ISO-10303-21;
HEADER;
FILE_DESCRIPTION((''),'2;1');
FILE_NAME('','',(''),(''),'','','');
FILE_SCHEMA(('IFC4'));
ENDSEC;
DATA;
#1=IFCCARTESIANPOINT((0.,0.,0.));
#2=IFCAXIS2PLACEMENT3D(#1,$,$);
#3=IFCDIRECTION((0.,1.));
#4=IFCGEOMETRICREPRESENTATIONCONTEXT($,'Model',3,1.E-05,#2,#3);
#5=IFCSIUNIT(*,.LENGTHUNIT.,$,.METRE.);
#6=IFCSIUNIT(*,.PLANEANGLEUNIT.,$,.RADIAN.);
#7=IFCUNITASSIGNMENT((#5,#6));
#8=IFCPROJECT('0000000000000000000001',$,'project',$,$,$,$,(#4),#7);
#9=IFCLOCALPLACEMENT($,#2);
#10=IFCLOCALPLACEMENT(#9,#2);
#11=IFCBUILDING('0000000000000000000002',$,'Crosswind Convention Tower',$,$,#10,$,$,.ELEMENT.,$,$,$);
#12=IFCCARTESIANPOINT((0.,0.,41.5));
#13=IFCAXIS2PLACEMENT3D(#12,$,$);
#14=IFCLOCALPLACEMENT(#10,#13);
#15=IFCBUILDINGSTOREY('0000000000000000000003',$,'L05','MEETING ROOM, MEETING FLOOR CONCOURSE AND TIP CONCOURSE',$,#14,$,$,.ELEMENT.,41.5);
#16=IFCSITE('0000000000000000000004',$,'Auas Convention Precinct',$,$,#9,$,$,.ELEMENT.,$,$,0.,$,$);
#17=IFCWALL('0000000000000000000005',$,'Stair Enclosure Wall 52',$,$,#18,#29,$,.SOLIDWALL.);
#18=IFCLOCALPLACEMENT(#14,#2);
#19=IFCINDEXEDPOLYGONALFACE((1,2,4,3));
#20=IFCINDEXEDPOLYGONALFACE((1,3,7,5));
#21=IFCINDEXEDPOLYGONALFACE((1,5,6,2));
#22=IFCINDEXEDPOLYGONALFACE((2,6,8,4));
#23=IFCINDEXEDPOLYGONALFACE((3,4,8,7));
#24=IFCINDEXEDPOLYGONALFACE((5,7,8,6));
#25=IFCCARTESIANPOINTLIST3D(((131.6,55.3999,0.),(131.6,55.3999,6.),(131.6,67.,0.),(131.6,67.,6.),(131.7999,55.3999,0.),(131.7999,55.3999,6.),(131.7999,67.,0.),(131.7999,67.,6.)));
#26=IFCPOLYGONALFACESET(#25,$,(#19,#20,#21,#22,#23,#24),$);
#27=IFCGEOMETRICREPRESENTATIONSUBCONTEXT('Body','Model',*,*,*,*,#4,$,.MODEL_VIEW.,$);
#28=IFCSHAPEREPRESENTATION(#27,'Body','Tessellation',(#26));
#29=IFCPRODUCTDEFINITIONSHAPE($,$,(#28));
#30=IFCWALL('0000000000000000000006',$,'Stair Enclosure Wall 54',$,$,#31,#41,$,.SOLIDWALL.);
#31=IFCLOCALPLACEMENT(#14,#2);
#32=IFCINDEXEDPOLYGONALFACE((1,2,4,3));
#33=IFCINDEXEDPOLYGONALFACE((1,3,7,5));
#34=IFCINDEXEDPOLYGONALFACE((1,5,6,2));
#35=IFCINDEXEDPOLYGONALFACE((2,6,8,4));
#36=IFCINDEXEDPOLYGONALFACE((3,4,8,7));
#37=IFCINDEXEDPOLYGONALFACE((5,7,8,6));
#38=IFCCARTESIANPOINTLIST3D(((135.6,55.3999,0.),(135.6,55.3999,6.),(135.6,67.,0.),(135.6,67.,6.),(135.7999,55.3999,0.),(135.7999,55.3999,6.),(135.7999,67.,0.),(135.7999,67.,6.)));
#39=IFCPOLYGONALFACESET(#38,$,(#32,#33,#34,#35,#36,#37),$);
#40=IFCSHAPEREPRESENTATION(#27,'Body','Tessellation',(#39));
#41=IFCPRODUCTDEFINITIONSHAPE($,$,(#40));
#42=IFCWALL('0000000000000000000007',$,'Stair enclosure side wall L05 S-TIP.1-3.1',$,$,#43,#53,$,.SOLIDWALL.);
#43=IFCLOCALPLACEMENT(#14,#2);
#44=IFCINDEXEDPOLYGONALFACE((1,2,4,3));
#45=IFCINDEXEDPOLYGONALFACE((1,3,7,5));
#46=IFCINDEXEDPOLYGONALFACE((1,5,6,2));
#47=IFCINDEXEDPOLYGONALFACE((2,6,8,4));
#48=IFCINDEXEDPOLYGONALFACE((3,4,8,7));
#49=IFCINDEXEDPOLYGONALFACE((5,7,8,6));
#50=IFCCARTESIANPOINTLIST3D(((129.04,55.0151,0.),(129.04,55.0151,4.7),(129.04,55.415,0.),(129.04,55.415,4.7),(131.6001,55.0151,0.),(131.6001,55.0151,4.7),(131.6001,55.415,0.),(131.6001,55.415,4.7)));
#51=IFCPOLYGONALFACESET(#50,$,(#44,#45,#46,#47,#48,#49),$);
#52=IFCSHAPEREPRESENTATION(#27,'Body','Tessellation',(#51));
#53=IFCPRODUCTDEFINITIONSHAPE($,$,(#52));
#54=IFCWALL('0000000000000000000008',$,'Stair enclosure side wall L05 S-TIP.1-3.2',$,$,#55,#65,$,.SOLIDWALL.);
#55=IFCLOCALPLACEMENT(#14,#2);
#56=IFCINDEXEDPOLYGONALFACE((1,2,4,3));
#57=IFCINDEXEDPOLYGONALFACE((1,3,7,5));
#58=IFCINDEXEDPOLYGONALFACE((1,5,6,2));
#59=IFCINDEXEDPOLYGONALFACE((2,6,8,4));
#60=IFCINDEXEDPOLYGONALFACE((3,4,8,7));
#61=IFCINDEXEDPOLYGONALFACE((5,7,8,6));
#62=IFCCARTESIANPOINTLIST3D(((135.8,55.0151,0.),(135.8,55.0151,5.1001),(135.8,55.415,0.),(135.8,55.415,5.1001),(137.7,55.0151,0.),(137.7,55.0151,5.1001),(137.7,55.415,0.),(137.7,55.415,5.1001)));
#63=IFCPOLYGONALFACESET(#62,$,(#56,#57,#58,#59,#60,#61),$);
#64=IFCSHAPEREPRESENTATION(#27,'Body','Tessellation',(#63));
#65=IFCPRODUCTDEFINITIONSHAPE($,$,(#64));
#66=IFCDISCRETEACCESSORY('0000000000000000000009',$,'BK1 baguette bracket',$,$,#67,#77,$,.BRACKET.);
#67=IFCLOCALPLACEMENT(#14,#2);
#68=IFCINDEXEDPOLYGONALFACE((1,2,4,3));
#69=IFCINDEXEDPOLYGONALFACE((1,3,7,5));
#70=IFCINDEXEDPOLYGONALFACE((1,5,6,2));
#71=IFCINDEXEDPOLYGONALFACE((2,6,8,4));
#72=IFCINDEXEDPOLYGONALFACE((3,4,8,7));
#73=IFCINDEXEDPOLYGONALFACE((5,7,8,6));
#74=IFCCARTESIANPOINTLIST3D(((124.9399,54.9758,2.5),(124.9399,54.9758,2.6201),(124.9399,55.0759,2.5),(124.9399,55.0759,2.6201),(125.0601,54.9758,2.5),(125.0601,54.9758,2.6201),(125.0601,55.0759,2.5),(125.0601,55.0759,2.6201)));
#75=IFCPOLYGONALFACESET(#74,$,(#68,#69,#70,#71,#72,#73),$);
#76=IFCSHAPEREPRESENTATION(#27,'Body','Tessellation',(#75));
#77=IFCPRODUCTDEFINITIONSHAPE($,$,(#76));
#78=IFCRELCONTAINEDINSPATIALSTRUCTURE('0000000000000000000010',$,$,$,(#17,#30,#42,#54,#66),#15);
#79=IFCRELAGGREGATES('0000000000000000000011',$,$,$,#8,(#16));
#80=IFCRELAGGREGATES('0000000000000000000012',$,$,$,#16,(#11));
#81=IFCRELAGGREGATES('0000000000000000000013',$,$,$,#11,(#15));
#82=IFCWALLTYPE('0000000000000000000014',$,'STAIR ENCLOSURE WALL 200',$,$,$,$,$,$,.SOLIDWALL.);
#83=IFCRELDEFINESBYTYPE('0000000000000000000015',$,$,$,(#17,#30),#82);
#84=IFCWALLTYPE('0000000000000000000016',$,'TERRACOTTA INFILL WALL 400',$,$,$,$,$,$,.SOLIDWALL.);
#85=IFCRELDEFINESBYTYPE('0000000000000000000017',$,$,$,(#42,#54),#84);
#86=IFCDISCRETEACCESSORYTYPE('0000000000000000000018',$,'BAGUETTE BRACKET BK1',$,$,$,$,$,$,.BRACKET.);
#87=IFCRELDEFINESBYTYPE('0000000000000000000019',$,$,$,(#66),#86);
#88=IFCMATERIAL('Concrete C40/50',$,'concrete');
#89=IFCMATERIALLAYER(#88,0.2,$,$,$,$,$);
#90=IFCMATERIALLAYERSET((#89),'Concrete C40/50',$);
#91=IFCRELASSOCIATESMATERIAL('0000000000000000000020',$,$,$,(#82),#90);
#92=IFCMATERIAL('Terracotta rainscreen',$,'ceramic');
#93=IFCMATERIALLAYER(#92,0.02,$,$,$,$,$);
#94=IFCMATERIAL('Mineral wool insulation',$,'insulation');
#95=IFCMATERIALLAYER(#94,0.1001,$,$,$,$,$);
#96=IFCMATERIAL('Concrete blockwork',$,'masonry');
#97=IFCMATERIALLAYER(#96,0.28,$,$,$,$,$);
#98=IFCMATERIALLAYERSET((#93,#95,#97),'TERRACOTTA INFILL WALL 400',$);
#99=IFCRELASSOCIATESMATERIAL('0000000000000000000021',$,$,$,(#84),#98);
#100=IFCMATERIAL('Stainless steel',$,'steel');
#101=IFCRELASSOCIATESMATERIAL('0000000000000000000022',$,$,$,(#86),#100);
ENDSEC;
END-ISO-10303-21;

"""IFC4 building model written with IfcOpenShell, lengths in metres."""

from ifc_helpers import new_model, si_unit, direction, frame, frame_2d, origin, origin_2d, place, context, subcontext, project, spatial, rectangle, extrude, material, layer, layer_set, type_object, element, save


model = new_model("IFC4")

# Units and contexts
model_context = context("Model", 3, precision=1e-05, world=origin(), true_north=direction((0.0, 1.0)))
body_context = subcontext(model_context, "Body", "Model", "MODEL_VIEW")
ifc_project = project(units=[si_unit("LENGTHUNIT", "METRE"), si_unit("PLANEANGLEUNIT", "RADIAN")], contexts=[model_context])

# Site, building, storey
site_placement = place(None, origin())
site = spatial("IfcSite", under=ifc_project, at=site_placement, Name="Auas Convention Precinct", CompositionType="ELEMENT", RefElevation=0.0)
building_placement = place(site_placement, origin())
building = spatial("IfcBuilding", under=site, at=building_placement, Name="Crosswind Convention Tower", CompositionType="ELEMENT")
storey_placement = place(building_placement, frame((0.0, 0.0, 41.5)))
storey = spatial("IfcBuildingStorey", under=building, at=storey_placement, Name="L05", Description="MEETING ROOM, MEETING FLOOR CONCOURSE AND TIP CONCOURSE", CompositionType="ELEMENT", Elevation=41.5)

# Shared definitions
ifc_material_1 = material(Name="Concrete C40/50", Category="concrete")
ifc_layer_1 = layer(ifc_material_1, 0.2)
ifc_layer_set_1 = layer_set([ifc_layer_1], Name="Concrete C40/50")
wall_type_1 = type_object("IfcWallType", Name="STAIR ENCLOSURE WALL 200", PredefinedType="SOLIDWALL", material=ifc_layer_set_1)

# Walls
for number, where, z_axis, x_axis, name in (
    (1, (131.7, 55.3999, 0.0), (0.0, 0.0, 1.0), (0.0, 1.0, 0.0), "Stair Enclosure Wall 52"),
    (2, (135.7, 55.3999, 0.0), (0.0, 0.0, 1.0), (0.0, 1.0, 0.0), "Stair Enclosure Wall 54"),
):
    element("IfcWall", number, at=place(storey_placement, frame(where, z_axis=z_axis, x_axis=x_axis)), inside=storey, type_object=wall_type_1, Name=name, PredefinedType="SOLIDWALL", context=body_context, shape_type="SweptSolid", body=[
        extrude(rectangle(XDim=11.6001, YDim=0.2, at=frame_2d((5.8, 0.0))), origin(), (0.0, 0.0, 1.0), 6.0),
    ])
ifc_material_2 = material(Name="Terracotta rainscreen", Category="ceramic")
ifc_layer_2 = layer(ifc_material_2, 0.02)
ifc_material_3 = material(Name="Mineral wool insulation", Category="insulation")
ifc_layer_3 = layer(ifc_material_3, 0.1001)
ifc_material_4 = material(Name="Concrete blockwork", Category="masonry")
ifc_layer_4 = layer(ifc_material_4, 0.28)
ifc_layer_set_2 = layer_set([ifc_layer_2, ifc_layer_3, ifc_layer_4], Name="TERRACOTTA INFILL WALL 400")
wall_type_2 = type_object("IfcWallType", Name="TERRACOTTA INFILL WALL 400", PredefinedType="SOLIDWALL", material=ifc_layer_set_2)
wall_1_placement = place(storey_placement, frame((129.04, 55.2151, 0.0), z_axis=(0.0, 0.0, 1.0), x_axis=(1.0, 0.0, 0.0)))
element("IfcWall", 3, at=wall_1_placement, inside=storey, type_object=wall_type_2, Name="Stair enclosure side wall L05 S-TIP.1-3.1", PredefinedType="SOLIDWALL", context=body_context, shape_type="SweptSolid", body=[
    extrude(rectangle(XDim=2.5601, YDim=0.3999, at=frame_2d((1.28, 0.0))), origin(), (0.0, 0.0, 1.0), 4.7),
])
wall_2_placement = place(storey_placement, frame((135.8, 55.2151, 0.0), z_axis=(0.0, 0.0, 1.0), x_axis=(1.0, 0.0, 0.0)))
element("IfcWall", 4, at=wall_2_placement, inside=storey, type_object=wall_type_2, Name="Stair enclosure side wall L05 S-TIP.1-3.2", PredefinedType="SOLIDWALL", context=body_context, shape_type="SweptSolid", body=[
    extrude(rectangle(XDim=1.8999, YDim=0.3999, at=frame_2d((0.95, 0.0))), origin(), (0.0, 0.0, 1.0), 5.1001),
])

# Discrete accessory
ifc_material_5 = material(Name="Stainless steel", Category="steel")
discrete_accessory_type = type_object("IfcDiscreteAccessoryType", Name="BAGUETTE BRACKET BK1", PredefinedType="BRACKET", material=ifc_material_5)
discrete_accessory_placement = place(storey_placement, frame((125.0, 55.0259, 2.5), z_axis=(0.0, 0.0, 1.0), x_axis=(1.0, 0.0, 0.0)))
element("IfcDiscreteAccessory", 5, at=discrete_accessory_placement, inside=storey, type_object=discrete_accessory_type, Name="BK1 baguette bracket", PredefinedType="BRACKET", context=body_context, shape_type="SweptSolid", body=[
    extrude(rectangle(XDim=0.1201, YDim=0.1001, at=origin_2d()), origin(), (0.0, 0.0, 1.0), 0.1201),
])

save(model, "model.ifc")
